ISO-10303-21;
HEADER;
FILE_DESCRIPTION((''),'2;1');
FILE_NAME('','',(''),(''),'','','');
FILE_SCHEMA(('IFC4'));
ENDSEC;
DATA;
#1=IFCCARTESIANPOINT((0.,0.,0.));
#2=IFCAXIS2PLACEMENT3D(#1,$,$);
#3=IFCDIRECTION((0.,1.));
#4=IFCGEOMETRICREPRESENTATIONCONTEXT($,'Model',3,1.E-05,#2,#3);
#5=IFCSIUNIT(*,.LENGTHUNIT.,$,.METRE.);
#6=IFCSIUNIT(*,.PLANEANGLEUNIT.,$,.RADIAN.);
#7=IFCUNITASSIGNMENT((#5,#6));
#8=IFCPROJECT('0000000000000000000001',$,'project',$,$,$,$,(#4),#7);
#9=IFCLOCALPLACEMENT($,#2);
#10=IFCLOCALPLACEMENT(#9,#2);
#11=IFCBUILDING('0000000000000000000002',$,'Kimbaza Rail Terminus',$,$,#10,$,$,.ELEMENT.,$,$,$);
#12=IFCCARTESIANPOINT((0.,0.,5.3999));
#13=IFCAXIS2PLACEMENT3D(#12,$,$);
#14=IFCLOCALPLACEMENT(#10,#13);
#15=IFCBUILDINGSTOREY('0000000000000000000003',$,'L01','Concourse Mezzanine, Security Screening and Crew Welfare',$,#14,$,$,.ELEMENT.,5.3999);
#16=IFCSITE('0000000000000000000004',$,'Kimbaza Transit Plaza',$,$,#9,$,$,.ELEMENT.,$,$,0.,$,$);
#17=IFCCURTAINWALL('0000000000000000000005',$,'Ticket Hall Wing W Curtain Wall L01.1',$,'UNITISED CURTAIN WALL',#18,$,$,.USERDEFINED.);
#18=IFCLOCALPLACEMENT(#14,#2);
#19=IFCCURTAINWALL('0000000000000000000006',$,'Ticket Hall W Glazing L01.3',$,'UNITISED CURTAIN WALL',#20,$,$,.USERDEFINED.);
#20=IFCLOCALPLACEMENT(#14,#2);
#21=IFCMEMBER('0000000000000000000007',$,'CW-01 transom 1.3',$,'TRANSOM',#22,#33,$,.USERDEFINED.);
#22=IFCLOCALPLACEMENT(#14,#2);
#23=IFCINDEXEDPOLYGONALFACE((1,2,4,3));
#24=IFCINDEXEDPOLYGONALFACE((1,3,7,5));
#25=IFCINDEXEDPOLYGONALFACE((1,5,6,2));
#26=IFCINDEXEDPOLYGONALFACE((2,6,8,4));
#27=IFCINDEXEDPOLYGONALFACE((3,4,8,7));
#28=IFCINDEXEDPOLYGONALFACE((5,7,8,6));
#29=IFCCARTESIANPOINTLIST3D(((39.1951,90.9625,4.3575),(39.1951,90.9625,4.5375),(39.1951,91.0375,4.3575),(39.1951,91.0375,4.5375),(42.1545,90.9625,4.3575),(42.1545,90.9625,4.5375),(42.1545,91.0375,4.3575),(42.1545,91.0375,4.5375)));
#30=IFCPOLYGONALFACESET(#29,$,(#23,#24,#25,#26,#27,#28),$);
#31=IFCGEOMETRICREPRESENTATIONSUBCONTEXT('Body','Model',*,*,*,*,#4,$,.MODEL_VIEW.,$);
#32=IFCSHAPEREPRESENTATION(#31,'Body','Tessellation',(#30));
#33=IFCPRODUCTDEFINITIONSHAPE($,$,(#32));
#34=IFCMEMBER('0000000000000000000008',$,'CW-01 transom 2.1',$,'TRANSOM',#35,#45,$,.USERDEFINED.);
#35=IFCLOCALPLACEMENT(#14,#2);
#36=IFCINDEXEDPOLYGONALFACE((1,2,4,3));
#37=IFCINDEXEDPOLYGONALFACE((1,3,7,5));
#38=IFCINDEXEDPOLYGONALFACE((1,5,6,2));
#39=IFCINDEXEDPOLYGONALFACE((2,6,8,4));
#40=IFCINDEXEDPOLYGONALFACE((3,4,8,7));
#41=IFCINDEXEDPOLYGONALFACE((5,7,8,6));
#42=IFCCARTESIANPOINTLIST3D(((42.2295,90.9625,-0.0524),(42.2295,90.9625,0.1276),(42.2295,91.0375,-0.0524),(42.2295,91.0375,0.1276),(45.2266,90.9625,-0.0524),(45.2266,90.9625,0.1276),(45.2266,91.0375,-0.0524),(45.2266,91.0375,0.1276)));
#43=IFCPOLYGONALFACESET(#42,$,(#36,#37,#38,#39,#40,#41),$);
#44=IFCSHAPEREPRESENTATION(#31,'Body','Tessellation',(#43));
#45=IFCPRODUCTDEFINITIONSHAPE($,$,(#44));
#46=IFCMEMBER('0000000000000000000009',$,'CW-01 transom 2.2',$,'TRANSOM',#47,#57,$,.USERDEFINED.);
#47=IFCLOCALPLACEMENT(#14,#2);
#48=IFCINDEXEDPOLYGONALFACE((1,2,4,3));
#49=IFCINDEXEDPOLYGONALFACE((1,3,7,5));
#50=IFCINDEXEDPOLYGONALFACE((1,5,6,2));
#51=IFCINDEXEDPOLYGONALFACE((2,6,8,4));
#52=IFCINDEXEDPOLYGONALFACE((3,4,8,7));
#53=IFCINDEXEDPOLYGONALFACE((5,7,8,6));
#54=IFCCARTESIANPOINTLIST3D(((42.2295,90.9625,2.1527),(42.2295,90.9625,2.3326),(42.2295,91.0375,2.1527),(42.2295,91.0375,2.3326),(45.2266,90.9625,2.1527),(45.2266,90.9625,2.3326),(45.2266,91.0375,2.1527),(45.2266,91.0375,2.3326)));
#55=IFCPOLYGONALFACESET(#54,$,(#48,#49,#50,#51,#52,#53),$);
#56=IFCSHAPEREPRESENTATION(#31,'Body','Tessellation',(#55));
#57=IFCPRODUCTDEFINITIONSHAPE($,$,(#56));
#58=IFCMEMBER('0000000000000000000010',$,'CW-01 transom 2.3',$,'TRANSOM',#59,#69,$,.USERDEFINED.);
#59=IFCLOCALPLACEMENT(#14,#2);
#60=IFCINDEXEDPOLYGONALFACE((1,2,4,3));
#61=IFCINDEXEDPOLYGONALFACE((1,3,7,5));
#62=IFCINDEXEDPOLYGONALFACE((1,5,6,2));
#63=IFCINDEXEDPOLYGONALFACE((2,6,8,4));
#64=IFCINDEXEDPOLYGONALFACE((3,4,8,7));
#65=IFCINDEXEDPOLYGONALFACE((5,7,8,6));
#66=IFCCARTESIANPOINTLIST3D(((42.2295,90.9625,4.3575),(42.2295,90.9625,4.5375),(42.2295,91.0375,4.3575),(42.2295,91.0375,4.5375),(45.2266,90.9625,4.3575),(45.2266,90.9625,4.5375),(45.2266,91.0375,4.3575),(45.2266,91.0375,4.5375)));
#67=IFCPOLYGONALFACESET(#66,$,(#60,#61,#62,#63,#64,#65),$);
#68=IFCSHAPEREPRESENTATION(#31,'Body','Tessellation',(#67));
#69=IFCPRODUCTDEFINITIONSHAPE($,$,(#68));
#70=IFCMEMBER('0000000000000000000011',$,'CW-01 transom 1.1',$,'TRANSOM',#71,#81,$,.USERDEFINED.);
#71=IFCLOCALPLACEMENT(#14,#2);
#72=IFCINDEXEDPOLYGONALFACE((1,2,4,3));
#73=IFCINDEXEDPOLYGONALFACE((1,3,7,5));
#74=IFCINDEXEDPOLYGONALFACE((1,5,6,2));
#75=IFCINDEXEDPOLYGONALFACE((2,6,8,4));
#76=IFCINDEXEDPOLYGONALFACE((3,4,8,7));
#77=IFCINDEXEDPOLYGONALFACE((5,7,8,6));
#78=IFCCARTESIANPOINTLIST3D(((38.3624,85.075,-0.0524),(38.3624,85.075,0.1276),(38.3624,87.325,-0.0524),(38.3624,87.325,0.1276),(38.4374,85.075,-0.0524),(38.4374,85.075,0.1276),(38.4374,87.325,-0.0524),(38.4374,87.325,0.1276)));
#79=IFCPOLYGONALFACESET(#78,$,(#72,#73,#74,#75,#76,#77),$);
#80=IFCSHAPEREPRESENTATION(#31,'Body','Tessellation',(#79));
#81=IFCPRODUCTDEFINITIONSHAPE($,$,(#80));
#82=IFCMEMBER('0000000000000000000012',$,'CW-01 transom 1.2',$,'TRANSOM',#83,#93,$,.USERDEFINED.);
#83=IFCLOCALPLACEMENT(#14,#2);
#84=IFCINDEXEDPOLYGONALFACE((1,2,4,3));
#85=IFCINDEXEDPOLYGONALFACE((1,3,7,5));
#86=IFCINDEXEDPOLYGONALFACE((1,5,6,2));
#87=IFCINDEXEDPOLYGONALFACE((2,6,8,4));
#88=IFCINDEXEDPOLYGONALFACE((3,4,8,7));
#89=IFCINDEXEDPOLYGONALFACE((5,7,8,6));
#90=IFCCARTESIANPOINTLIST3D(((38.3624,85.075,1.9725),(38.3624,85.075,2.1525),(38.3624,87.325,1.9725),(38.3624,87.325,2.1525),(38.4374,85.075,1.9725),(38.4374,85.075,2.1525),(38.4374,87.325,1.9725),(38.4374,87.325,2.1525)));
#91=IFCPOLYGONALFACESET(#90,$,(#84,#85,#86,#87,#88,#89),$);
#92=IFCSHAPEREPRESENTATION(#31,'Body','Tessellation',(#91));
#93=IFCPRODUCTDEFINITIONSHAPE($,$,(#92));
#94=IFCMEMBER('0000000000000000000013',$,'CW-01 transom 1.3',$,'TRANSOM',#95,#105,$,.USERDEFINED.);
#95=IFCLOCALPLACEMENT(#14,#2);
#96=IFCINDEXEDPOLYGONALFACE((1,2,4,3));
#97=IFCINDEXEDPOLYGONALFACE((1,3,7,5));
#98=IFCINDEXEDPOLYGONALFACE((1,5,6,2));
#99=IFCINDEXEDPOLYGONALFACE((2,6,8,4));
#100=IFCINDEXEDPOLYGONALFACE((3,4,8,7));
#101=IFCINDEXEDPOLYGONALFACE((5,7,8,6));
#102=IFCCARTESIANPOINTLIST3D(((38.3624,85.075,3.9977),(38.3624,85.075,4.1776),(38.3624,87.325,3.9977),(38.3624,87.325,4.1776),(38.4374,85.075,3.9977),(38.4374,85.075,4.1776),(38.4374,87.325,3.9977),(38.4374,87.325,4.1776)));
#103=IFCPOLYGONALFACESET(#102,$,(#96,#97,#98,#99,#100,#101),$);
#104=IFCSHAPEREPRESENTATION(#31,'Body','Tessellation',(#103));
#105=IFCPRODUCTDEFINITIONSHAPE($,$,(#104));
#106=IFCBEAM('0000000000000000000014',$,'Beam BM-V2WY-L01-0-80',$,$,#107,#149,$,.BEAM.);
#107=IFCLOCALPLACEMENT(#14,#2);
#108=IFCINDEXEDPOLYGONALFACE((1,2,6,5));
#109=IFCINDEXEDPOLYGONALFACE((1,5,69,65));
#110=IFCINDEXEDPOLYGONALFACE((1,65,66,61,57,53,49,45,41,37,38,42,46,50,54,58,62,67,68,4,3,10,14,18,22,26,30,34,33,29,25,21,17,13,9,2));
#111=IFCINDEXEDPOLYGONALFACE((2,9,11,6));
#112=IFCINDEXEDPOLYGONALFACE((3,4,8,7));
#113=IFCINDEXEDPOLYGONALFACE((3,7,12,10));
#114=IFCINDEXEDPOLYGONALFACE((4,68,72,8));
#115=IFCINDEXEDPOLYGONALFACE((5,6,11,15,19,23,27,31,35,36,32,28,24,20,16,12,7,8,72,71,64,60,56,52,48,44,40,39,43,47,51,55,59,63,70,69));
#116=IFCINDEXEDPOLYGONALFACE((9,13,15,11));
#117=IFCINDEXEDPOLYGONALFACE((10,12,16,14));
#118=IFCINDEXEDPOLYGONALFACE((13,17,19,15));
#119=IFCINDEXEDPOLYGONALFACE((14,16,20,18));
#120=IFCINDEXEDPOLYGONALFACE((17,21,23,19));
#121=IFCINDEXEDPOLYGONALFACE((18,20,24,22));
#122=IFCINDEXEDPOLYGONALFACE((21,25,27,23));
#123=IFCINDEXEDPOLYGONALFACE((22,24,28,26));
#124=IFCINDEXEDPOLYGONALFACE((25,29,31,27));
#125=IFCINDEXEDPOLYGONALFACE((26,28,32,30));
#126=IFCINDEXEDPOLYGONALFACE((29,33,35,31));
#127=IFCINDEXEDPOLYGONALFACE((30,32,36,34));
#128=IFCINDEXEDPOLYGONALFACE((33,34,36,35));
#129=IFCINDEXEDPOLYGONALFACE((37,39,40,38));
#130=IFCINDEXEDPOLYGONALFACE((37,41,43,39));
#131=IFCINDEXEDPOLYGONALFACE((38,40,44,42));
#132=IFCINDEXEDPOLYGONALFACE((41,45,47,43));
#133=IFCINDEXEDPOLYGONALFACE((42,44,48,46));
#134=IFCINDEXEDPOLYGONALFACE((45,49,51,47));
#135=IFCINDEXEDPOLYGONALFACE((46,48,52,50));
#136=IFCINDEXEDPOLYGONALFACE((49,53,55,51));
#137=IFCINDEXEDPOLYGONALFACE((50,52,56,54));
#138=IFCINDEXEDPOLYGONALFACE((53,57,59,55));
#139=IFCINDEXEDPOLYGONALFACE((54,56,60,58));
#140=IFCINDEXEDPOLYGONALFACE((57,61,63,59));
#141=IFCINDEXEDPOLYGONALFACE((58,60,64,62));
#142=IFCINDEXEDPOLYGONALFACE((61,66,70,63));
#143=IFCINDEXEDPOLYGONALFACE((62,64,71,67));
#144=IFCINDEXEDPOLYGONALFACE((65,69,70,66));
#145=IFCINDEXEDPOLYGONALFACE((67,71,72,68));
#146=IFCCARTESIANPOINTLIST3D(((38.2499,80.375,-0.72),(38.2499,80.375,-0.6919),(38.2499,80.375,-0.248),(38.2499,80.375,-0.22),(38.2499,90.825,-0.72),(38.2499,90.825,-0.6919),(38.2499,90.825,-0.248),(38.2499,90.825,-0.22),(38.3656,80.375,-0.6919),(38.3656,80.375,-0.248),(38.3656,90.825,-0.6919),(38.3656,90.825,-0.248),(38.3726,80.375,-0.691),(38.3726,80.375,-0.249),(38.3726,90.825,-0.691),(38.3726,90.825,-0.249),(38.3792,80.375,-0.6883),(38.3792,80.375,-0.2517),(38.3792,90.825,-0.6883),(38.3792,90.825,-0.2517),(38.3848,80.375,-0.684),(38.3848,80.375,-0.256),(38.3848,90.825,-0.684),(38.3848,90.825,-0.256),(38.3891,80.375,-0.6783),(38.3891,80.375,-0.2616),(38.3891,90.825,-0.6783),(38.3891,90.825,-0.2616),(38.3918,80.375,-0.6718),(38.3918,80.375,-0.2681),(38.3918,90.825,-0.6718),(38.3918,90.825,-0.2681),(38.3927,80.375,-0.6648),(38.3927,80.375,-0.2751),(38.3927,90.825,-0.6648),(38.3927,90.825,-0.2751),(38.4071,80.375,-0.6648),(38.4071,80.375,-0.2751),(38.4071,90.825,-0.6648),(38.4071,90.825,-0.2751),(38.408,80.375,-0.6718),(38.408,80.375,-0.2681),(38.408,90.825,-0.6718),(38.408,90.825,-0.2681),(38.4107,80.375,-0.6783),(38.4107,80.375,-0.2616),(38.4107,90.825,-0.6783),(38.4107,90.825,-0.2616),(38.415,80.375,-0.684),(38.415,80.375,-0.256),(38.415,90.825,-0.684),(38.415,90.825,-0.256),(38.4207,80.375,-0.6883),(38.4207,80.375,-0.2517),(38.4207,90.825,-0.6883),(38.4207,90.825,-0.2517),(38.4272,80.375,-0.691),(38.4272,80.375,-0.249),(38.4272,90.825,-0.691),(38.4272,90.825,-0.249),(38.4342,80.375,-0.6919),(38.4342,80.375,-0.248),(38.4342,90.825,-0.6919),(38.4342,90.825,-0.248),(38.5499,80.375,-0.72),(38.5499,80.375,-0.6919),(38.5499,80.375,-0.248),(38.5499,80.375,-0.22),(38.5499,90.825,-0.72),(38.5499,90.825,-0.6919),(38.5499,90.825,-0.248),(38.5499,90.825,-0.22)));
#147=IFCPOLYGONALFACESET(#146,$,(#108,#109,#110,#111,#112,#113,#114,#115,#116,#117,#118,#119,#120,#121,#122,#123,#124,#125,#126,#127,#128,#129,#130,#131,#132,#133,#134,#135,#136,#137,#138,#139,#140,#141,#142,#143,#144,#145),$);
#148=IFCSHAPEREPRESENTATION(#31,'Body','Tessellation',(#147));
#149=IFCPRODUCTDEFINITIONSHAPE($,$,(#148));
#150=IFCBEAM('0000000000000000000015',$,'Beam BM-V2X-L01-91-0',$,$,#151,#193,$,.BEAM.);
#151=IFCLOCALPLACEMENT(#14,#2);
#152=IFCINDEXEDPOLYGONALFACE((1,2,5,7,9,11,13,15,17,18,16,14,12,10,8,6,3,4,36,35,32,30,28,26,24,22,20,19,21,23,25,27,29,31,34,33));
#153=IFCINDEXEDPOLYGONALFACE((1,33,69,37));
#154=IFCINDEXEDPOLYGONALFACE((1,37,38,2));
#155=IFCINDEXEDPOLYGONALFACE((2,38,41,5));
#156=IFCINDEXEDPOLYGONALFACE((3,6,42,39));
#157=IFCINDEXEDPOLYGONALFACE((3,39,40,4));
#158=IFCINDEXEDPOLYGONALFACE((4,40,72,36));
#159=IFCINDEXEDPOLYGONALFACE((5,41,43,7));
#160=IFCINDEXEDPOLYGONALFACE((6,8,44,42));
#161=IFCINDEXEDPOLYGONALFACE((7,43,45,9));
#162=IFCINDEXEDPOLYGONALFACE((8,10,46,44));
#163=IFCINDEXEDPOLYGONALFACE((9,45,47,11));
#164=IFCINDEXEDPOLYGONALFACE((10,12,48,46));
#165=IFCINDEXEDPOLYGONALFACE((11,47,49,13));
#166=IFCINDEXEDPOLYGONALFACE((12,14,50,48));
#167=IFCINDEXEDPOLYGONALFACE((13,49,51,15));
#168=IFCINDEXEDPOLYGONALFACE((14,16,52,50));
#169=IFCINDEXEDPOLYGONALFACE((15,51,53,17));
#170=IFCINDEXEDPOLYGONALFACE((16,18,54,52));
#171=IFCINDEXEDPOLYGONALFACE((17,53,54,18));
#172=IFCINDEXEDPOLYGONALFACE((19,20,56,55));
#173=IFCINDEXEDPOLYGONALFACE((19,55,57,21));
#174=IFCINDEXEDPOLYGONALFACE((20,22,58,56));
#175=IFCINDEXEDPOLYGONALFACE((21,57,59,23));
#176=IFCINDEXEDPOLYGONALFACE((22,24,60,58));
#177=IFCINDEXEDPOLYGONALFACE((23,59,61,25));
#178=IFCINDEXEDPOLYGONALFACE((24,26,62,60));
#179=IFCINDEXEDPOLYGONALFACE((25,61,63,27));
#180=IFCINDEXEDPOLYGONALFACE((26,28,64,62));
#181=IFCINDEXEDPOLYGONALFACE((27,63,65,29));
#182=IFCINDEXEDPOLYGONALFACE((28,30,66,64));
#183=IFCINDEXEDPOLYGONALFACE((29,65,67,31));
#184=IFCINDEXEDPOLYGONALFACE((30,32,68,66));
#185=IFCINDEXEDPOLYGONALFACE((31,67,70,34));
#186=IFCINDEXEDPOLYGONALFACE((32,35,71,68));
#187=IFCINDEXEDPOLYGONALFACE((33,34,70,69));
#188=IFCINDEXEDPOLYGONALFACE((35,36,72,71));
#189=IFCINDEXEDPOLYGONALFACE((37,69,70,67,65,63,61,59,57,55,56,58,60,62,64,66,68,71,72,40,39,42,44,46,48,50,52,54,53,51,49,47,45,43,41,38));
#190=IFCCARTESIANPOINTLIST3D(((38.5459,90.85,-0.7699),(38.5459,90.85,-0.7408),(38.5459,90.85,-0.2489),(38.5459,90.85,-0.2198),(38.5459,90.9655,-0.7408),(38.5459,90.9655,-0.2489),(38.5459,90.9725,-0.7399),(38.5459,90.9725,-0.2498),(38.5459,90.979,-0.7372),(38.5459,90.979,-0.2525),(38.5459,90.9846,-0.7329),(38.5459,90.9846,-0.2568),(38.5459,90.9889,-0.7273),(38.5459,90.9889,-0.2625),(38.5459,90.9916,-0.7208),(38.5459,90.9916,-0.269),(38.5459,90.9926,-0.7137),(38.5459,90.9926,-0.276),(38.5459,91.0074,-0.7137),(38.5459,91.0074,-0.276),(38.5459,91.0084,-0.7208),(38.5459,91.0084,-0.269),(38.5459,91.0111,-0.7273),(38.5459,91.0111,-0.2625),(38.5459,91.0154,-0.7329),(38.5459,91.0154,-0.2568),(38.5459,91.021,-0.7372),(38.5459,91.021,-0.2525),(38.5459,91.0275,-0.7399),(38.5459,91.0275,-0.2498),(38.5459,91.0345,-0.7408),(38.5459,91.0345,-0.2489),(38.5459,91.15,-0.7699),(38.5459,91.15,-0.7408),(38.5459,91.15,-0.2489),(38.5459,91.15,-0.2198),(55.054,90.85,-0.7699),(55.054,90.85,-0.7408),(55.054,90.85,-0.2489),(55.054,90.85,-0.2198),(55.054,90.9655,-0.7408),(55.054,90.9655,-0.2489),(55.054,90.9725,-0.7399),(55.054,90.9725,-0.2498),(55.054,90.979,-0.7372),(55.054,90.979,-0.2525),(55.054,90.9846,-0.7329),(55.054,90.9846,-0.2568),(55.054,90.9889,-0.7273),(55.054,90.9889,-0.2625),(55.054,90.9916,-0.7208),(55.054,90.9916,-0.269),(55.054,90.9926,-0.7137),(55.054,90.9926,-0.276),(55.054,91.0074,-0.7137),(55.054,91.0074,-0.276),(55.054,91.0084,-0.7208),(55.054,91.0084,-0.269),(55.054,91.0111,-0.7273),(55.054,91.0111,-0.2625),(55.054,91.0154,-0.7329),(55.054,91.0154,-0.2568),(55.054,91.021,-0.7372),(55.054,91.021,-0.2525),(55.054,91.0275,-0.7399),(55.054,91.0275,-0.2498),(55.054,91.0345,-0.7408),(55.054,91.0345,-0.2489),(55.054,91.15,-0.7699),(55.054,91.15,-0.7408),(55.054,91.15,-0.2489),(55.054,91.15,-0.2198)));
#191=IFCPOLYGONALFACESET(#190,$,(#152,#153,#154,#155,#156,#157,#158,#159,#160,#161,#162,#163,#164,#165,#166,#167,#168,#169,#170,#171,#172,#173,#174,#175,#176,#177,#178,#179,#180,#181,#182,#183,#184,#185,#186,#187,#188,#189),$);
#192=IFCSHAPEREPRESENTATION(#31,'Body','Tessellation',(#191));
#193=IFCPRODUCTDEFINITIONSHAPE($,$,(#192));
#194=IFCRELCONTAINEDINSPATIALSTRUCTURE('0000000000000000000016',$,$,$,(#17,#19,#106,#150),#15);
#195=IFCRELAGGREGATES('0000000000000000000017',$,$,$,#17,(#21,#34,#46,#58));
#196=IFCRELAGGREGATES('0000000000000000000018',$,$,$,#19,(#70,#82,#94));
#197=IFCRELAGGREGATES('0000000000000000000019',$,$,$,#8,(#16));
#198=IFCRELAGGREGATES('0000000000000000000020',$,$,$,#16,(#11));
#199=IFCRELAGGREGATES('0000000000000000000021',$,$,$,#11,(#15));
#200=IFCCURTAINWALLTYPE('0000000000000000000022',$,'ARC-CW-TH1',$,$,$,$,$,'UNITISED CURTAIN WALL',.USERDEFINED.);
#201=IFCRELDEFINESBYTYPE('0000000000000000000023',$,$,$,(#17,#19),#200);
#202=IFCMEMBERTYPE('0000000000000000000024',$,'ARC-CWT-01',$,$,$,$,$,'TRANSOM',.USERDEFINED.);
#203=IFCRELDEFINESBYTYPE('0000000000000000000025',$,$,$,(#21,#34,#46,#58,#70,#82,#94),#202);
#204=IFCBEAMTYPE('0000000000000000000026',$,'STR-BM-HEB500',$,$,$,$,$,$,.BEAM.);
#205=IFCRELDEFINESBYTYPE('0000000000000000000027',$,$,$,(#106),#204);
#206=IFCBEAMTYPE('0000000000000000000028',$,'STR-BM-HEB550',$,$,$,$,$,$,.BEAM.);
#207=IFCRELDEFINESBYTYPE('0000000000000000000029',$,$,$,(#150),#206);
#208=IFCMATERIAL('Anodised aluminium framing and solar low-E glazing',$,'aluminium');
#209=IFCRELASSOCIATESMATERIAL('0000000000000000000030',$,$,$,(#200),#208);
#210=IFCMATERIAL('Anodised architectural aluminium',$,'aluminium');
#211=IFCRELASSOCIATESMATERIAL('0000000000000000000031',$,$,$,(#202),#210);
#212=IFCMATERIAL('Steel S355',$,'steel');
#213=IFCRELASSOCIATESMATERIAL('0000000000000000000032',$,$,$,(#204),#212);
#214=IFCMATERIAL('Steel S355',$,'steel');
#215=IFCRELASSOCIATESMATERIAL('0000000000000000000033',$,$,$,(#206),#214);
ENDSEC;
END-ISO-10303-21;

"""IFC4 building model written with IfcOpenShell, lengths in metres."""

from ifc_helpers import new_model, si_unit, direction, frame, origin, origin_2d, place, context, subcontext, project, spatial, rectangle, i_section, extrude, material, material_profile, profile_set, type_object, element, aggregate, save


model = new_model("IFC4")

# Units and contexts
model_context = context("Model", 3, precision=1e-05, world=origin(), true_north=direction((0.0, 1.0)))
body_context = subcontext(model_context, "Body", "Model", "MODEL_VIEW")
ifc_project = project(units=[si_unit("LENGTHUNIT", "METRE"), si_unit("PLANEANGLEUNIT", "RADIAN")], contexts=[model_context])

# Site, building, storey
site_placement = place(None, origin())
site = spatial("IfcSite", under=ifc_project, at=site_placement, Name="Kimbaza Transit Plaza", CompositionType="ELEMENT", RefElevation=0.0)
building_placement = place(site_placement, origin())
building = spatial("IfcBuilding", under=site, at=building_placement, Name="Kimbaza Rail Terminus", CompositionType="ELEMENT")
storey_placement = place(building_placement, frame((0.0, 0.0, 5.3999)))
storey = spatial("IfcBuildingStorey", under=building, at=storey_placement, Name="L01", Description="Concourse Mezzanine, Security Screening and Crew Welfare", CompositionType="ELEMENT", Elevation=5.3999)

# Curtain walls
ifc_material_1 = material(Name="Anodised aluminium framing and solar low-E glazing", Category="aluminium")
curtain_wall_type = type_object("IfcCurtainWallType", Name="ARC-CW-TH1", ElementType="UNITISED CURTAIN WALL", PredefinedType="USERDEFINED", material=ifc_material_1)
curtain_wall_1_placement = place(storey_placement, origin())
curtain_wall_1 = element("IfcCurtainWall", 1, at=curtain_wall_1_placement, inside=storey, type_object=curtain_wall_type, Name="Ticket Hall Wing W Curtain Wall L01.1", ObjectType="UNITISED CURTAIN WALL", PredefinedType="USERDEFINED")
curtain_wall_2_placement = place(storey_placement, origin())
curtain_wall_2 = element("IfcCurtainWall", 2, at=curtain_wall_2_placement, inside=storey, type_object=curtain_wall_type, Name="Ticket Hall W Glazing L01.3", ObjectType="UNITISED CURTAIN WALL", PredefinedType="USERDEFINED")

# Members
ifc_material_2 = material(Name="Anodised architectural aluminium", Category="aluminium")
ifc_material_profile_1 = material_profile(ifc_material_2, rectangle(XDim=0.075, YDim=0.1799, at=origin_2d()), Name="TRANSOM 75x180")
ifc_profile_set_1 = profile_set([ifc_material_profile_1], Name="Anodised architectural aluminium")
member_type_1 = type_object("IfcMemberType", Name="ARC-CWT-01", ElementType="TRANSOM", PredefinedType="USERDEFINED", material=ifc_profile_set_1)
member_1_placement = place(storey_placement, frame((39.1951, 91.0, 4.4475), z_axis=(1.0, 0.0, 0.0), x_axis=(0.0, 1.0, 0.0)))
member_1 = element("IfcMember", 3, at=member_1_placement, type_object=member_type_1, Name="CW-01 transom 1.3", ObjectType="TRANSOM", PredefinedType="USERDEFINED", context=body_context, shape_type="SweptSolid", body=[
    extrude(rectangle(XDim=0.075, YDim=0.1799, at=origin_2d()), origin(), (0.0, 0.0, 1.0), 2.9595),
])
member_2_placement = place(storey_placement, frame((42.2295, 91.0, 0.0376), z_axis=(1.0, 0.0, 0.0), x_axis=(0.0, 1.0, 0.0)))
member_2 = element("IfcMember", 4, at=member_2_placement, type_object=member_type_1, Name="CW-01 transom 2.1", ObjectType="TRANSOM", PredefinedType="USERDEFINED", context=body_context, shape_type="SweptSolid", body=[
    extrude(rectangle(XDim=0.075, YDim=0.1799, at=origin_2d()), origin(), (0.0, 0.0, 1.0), 2.9971),
])
member_3_placement = place(storey_placement, frame((42.2295, 91.0, 2.2427), z_axis=(1.0, 0.0, 0.0), x_axis=(0.0, 1.0, 0.0)))
member_3 = element("IfcMember", 5, at=member_3_placement, type_object=member_type_1, Name="CW-01 transom 2.2", ObjectType="TRANSOM", PredefinedType="USERDEFINED", context=body_context, shape_type="SweptSolid", body=[
    extrude(rectangle(XDim=0.075, YDim=0.1799, at=origin_2d()), origin(), (0.0, 0.0, 1.0), 2.9971),
])
member_4_placement = place(storey_placement, frame((42.2295, 91.0, 4.4475), z_axis=(1.0, 0.0, 0.0), x_axis=(0.0, 1.0, 0.0)))
member_4 = element("IfcMember", 6, at=member_4_placement, type_object=member_type_1, Name="CW-01 transom 2.3", ObjectType="TRANSOM", PredefinedType="USERDEFINED", context=body_context, shape_type="SweptSolid", body=[
    extrude(rectangle(XDim=0.075, YDim=0.1799, at=origin_2d()), origin(), (0.0, 0.0, 1.0), 2.9971),
])
member_5_placement = place(storey_placement, frame((38.3999, 85.075, 0.0376), z_axis=(0.0, 1.0, 0.0), x_axis=(-1.0, 0.0, 0.0)))
member_5 = element("IfcMember", 7, at=member_5_placement, type_object=member_type_1, Name="CW-01 transom 1.1", ObjectType="TRANSOM", PredefinedType="USERDEFINED", context=body_context, shape_type="SweptSolid", body=[
    extrude(rectangle(XDim=0.075, YDim=0.1799, at=origin_2d()), origin(), (0.0, 0.0, 1.0), 2.25),
])
member_6_placement = place(storey_placement, frame((38.3999, 85.075, 2.0625), z_axis=(0.0, 1.0, 0.0), x_axis=(-1.0, 0.0, 0.0)))
member_6 = element("IfcMember", 8, at=member_6_placement, type_object=member_type_1, Name="CW-01 transom 1.2", ObjectType="TRANSOM", PredefinedType="USERDEFINED", context=body_context, shape_type="SweptSolid", body=[
    extrude(rectangle(XDim=0.075, YDim=0.1799, at=origin_2d()), origin(), (0.0, 0.0, 1.0), 2.25),
])
member_7_placement = place(storey_placement, frame((38.3999, 85.075, 4.0876), z_axis=(0.0, 1.0, 0.0), x_axis=(-1.0, 0.0, 0.0)))
member_7 = element("IfcMember", 9, at=member_7_placement, type_object=member_type_1, Name="CW-01 transom 1.3", ObjectType="TRANSOM", PredefinedType="USERDEFINED", context=body_context, shape_type="SweptSolid", body=[
    extrude(rectangle(XDim=0.075, YDim=0.1799, at=origin_2d()), origin(), (0.0, 0.0, 1.0), 2.25),
])

# Beams
ifc_material_3 = material(Name="Steel S355", Category="steel")
ifc_material_profile_2 = material_profile(ifc_material_3, i_section(OverallWidth=0.3, OverallDepth=0.5, WebThickness=0.0144, FlangeThickness=0.0281, FilletRadius=0.0271, at=origin_2d()), Name="HEB 500")
ifc_profile_set_2 = profile_set([ifc_material_profile_2], Name="Steel S355")
beam_type_1 = type_object("IfcBeamType", Name="STR-BM-HEB500", PredefinedType="BEAM", material=ifc_profile_set_2)
beam_1_placement = place(storey_placement, frame((38.3999, 80.375, -0.47), z_axis=(0.0, 1.0, 0.0), x_axis=(-1.0, 0.0, 0.0)))
element("IfcBeam", 10, at=beam_1_placement, inside=storey, type_object=beam_type_1, Name="Beam BM-V2WY-L01-0-80", PredefinedType="BEAM", context=body_context, shape_type="SweptSolid", body=[
    extrude(i_section(OverallWidth=0.3, OverallDepth=0.5, WebThickness=0.0144, FlangeThickness=0.0281, FilletRadius=0.0271, at=origin_2d()), origin(), (0.0, 0.0, 1.0), 10.45),
])
ifc_material_4 = material(Name="Steel S355", Category="steel")
ifc_material_profile_3 = material_profile(ifc_material_4, i_section(OverallWidth=0.3, OverallDepth=0.55, WebThickness=0.0149, FlangeThickness=0.0291, FilletRadius=0.0271, at=origin_2d()), Name="HEB 550")
ifc_profile_set_3 = profile_set([ifc_material_profile_3], Name="Steel S355")
beam_type_2 = type_object("IfcBeamType", Name="STR-BM-HEB550", PredefinedType="BEAM", material=ifc_profile_set_3)
beam_2_placement = place(storey_placement, frame((38.5459, 91.0, -0.4949), z_axis=(1.0, 0.0, 0.0), x_axis=(0.0, 1.0, 0.0)))
element("IfcBeam", 11, at=beam_2_placement, inside=storey, type_object=beam_type_2, Name="Beam BM-V2X-L01-91-0", PredefinedType="BEAM", context=body_context, shape_type="SweptSolid", body=[
    extrude(i_section(OverallWidth=0.3, OverallDepth=0.55, WebThickness=0.0149, FlangeThickness=0.0291, FilletRadius=0.0271, at=origin_2d()), origin(), (0.0, 0.0, 1.0), 16.5081),
])

aggregate(curtain_wall_1, [member_1, member_2, member_3, member_4])
aggregate(curtain_wall_2, [member_5, member_6, member_7])

save(model, "model.ifc")
